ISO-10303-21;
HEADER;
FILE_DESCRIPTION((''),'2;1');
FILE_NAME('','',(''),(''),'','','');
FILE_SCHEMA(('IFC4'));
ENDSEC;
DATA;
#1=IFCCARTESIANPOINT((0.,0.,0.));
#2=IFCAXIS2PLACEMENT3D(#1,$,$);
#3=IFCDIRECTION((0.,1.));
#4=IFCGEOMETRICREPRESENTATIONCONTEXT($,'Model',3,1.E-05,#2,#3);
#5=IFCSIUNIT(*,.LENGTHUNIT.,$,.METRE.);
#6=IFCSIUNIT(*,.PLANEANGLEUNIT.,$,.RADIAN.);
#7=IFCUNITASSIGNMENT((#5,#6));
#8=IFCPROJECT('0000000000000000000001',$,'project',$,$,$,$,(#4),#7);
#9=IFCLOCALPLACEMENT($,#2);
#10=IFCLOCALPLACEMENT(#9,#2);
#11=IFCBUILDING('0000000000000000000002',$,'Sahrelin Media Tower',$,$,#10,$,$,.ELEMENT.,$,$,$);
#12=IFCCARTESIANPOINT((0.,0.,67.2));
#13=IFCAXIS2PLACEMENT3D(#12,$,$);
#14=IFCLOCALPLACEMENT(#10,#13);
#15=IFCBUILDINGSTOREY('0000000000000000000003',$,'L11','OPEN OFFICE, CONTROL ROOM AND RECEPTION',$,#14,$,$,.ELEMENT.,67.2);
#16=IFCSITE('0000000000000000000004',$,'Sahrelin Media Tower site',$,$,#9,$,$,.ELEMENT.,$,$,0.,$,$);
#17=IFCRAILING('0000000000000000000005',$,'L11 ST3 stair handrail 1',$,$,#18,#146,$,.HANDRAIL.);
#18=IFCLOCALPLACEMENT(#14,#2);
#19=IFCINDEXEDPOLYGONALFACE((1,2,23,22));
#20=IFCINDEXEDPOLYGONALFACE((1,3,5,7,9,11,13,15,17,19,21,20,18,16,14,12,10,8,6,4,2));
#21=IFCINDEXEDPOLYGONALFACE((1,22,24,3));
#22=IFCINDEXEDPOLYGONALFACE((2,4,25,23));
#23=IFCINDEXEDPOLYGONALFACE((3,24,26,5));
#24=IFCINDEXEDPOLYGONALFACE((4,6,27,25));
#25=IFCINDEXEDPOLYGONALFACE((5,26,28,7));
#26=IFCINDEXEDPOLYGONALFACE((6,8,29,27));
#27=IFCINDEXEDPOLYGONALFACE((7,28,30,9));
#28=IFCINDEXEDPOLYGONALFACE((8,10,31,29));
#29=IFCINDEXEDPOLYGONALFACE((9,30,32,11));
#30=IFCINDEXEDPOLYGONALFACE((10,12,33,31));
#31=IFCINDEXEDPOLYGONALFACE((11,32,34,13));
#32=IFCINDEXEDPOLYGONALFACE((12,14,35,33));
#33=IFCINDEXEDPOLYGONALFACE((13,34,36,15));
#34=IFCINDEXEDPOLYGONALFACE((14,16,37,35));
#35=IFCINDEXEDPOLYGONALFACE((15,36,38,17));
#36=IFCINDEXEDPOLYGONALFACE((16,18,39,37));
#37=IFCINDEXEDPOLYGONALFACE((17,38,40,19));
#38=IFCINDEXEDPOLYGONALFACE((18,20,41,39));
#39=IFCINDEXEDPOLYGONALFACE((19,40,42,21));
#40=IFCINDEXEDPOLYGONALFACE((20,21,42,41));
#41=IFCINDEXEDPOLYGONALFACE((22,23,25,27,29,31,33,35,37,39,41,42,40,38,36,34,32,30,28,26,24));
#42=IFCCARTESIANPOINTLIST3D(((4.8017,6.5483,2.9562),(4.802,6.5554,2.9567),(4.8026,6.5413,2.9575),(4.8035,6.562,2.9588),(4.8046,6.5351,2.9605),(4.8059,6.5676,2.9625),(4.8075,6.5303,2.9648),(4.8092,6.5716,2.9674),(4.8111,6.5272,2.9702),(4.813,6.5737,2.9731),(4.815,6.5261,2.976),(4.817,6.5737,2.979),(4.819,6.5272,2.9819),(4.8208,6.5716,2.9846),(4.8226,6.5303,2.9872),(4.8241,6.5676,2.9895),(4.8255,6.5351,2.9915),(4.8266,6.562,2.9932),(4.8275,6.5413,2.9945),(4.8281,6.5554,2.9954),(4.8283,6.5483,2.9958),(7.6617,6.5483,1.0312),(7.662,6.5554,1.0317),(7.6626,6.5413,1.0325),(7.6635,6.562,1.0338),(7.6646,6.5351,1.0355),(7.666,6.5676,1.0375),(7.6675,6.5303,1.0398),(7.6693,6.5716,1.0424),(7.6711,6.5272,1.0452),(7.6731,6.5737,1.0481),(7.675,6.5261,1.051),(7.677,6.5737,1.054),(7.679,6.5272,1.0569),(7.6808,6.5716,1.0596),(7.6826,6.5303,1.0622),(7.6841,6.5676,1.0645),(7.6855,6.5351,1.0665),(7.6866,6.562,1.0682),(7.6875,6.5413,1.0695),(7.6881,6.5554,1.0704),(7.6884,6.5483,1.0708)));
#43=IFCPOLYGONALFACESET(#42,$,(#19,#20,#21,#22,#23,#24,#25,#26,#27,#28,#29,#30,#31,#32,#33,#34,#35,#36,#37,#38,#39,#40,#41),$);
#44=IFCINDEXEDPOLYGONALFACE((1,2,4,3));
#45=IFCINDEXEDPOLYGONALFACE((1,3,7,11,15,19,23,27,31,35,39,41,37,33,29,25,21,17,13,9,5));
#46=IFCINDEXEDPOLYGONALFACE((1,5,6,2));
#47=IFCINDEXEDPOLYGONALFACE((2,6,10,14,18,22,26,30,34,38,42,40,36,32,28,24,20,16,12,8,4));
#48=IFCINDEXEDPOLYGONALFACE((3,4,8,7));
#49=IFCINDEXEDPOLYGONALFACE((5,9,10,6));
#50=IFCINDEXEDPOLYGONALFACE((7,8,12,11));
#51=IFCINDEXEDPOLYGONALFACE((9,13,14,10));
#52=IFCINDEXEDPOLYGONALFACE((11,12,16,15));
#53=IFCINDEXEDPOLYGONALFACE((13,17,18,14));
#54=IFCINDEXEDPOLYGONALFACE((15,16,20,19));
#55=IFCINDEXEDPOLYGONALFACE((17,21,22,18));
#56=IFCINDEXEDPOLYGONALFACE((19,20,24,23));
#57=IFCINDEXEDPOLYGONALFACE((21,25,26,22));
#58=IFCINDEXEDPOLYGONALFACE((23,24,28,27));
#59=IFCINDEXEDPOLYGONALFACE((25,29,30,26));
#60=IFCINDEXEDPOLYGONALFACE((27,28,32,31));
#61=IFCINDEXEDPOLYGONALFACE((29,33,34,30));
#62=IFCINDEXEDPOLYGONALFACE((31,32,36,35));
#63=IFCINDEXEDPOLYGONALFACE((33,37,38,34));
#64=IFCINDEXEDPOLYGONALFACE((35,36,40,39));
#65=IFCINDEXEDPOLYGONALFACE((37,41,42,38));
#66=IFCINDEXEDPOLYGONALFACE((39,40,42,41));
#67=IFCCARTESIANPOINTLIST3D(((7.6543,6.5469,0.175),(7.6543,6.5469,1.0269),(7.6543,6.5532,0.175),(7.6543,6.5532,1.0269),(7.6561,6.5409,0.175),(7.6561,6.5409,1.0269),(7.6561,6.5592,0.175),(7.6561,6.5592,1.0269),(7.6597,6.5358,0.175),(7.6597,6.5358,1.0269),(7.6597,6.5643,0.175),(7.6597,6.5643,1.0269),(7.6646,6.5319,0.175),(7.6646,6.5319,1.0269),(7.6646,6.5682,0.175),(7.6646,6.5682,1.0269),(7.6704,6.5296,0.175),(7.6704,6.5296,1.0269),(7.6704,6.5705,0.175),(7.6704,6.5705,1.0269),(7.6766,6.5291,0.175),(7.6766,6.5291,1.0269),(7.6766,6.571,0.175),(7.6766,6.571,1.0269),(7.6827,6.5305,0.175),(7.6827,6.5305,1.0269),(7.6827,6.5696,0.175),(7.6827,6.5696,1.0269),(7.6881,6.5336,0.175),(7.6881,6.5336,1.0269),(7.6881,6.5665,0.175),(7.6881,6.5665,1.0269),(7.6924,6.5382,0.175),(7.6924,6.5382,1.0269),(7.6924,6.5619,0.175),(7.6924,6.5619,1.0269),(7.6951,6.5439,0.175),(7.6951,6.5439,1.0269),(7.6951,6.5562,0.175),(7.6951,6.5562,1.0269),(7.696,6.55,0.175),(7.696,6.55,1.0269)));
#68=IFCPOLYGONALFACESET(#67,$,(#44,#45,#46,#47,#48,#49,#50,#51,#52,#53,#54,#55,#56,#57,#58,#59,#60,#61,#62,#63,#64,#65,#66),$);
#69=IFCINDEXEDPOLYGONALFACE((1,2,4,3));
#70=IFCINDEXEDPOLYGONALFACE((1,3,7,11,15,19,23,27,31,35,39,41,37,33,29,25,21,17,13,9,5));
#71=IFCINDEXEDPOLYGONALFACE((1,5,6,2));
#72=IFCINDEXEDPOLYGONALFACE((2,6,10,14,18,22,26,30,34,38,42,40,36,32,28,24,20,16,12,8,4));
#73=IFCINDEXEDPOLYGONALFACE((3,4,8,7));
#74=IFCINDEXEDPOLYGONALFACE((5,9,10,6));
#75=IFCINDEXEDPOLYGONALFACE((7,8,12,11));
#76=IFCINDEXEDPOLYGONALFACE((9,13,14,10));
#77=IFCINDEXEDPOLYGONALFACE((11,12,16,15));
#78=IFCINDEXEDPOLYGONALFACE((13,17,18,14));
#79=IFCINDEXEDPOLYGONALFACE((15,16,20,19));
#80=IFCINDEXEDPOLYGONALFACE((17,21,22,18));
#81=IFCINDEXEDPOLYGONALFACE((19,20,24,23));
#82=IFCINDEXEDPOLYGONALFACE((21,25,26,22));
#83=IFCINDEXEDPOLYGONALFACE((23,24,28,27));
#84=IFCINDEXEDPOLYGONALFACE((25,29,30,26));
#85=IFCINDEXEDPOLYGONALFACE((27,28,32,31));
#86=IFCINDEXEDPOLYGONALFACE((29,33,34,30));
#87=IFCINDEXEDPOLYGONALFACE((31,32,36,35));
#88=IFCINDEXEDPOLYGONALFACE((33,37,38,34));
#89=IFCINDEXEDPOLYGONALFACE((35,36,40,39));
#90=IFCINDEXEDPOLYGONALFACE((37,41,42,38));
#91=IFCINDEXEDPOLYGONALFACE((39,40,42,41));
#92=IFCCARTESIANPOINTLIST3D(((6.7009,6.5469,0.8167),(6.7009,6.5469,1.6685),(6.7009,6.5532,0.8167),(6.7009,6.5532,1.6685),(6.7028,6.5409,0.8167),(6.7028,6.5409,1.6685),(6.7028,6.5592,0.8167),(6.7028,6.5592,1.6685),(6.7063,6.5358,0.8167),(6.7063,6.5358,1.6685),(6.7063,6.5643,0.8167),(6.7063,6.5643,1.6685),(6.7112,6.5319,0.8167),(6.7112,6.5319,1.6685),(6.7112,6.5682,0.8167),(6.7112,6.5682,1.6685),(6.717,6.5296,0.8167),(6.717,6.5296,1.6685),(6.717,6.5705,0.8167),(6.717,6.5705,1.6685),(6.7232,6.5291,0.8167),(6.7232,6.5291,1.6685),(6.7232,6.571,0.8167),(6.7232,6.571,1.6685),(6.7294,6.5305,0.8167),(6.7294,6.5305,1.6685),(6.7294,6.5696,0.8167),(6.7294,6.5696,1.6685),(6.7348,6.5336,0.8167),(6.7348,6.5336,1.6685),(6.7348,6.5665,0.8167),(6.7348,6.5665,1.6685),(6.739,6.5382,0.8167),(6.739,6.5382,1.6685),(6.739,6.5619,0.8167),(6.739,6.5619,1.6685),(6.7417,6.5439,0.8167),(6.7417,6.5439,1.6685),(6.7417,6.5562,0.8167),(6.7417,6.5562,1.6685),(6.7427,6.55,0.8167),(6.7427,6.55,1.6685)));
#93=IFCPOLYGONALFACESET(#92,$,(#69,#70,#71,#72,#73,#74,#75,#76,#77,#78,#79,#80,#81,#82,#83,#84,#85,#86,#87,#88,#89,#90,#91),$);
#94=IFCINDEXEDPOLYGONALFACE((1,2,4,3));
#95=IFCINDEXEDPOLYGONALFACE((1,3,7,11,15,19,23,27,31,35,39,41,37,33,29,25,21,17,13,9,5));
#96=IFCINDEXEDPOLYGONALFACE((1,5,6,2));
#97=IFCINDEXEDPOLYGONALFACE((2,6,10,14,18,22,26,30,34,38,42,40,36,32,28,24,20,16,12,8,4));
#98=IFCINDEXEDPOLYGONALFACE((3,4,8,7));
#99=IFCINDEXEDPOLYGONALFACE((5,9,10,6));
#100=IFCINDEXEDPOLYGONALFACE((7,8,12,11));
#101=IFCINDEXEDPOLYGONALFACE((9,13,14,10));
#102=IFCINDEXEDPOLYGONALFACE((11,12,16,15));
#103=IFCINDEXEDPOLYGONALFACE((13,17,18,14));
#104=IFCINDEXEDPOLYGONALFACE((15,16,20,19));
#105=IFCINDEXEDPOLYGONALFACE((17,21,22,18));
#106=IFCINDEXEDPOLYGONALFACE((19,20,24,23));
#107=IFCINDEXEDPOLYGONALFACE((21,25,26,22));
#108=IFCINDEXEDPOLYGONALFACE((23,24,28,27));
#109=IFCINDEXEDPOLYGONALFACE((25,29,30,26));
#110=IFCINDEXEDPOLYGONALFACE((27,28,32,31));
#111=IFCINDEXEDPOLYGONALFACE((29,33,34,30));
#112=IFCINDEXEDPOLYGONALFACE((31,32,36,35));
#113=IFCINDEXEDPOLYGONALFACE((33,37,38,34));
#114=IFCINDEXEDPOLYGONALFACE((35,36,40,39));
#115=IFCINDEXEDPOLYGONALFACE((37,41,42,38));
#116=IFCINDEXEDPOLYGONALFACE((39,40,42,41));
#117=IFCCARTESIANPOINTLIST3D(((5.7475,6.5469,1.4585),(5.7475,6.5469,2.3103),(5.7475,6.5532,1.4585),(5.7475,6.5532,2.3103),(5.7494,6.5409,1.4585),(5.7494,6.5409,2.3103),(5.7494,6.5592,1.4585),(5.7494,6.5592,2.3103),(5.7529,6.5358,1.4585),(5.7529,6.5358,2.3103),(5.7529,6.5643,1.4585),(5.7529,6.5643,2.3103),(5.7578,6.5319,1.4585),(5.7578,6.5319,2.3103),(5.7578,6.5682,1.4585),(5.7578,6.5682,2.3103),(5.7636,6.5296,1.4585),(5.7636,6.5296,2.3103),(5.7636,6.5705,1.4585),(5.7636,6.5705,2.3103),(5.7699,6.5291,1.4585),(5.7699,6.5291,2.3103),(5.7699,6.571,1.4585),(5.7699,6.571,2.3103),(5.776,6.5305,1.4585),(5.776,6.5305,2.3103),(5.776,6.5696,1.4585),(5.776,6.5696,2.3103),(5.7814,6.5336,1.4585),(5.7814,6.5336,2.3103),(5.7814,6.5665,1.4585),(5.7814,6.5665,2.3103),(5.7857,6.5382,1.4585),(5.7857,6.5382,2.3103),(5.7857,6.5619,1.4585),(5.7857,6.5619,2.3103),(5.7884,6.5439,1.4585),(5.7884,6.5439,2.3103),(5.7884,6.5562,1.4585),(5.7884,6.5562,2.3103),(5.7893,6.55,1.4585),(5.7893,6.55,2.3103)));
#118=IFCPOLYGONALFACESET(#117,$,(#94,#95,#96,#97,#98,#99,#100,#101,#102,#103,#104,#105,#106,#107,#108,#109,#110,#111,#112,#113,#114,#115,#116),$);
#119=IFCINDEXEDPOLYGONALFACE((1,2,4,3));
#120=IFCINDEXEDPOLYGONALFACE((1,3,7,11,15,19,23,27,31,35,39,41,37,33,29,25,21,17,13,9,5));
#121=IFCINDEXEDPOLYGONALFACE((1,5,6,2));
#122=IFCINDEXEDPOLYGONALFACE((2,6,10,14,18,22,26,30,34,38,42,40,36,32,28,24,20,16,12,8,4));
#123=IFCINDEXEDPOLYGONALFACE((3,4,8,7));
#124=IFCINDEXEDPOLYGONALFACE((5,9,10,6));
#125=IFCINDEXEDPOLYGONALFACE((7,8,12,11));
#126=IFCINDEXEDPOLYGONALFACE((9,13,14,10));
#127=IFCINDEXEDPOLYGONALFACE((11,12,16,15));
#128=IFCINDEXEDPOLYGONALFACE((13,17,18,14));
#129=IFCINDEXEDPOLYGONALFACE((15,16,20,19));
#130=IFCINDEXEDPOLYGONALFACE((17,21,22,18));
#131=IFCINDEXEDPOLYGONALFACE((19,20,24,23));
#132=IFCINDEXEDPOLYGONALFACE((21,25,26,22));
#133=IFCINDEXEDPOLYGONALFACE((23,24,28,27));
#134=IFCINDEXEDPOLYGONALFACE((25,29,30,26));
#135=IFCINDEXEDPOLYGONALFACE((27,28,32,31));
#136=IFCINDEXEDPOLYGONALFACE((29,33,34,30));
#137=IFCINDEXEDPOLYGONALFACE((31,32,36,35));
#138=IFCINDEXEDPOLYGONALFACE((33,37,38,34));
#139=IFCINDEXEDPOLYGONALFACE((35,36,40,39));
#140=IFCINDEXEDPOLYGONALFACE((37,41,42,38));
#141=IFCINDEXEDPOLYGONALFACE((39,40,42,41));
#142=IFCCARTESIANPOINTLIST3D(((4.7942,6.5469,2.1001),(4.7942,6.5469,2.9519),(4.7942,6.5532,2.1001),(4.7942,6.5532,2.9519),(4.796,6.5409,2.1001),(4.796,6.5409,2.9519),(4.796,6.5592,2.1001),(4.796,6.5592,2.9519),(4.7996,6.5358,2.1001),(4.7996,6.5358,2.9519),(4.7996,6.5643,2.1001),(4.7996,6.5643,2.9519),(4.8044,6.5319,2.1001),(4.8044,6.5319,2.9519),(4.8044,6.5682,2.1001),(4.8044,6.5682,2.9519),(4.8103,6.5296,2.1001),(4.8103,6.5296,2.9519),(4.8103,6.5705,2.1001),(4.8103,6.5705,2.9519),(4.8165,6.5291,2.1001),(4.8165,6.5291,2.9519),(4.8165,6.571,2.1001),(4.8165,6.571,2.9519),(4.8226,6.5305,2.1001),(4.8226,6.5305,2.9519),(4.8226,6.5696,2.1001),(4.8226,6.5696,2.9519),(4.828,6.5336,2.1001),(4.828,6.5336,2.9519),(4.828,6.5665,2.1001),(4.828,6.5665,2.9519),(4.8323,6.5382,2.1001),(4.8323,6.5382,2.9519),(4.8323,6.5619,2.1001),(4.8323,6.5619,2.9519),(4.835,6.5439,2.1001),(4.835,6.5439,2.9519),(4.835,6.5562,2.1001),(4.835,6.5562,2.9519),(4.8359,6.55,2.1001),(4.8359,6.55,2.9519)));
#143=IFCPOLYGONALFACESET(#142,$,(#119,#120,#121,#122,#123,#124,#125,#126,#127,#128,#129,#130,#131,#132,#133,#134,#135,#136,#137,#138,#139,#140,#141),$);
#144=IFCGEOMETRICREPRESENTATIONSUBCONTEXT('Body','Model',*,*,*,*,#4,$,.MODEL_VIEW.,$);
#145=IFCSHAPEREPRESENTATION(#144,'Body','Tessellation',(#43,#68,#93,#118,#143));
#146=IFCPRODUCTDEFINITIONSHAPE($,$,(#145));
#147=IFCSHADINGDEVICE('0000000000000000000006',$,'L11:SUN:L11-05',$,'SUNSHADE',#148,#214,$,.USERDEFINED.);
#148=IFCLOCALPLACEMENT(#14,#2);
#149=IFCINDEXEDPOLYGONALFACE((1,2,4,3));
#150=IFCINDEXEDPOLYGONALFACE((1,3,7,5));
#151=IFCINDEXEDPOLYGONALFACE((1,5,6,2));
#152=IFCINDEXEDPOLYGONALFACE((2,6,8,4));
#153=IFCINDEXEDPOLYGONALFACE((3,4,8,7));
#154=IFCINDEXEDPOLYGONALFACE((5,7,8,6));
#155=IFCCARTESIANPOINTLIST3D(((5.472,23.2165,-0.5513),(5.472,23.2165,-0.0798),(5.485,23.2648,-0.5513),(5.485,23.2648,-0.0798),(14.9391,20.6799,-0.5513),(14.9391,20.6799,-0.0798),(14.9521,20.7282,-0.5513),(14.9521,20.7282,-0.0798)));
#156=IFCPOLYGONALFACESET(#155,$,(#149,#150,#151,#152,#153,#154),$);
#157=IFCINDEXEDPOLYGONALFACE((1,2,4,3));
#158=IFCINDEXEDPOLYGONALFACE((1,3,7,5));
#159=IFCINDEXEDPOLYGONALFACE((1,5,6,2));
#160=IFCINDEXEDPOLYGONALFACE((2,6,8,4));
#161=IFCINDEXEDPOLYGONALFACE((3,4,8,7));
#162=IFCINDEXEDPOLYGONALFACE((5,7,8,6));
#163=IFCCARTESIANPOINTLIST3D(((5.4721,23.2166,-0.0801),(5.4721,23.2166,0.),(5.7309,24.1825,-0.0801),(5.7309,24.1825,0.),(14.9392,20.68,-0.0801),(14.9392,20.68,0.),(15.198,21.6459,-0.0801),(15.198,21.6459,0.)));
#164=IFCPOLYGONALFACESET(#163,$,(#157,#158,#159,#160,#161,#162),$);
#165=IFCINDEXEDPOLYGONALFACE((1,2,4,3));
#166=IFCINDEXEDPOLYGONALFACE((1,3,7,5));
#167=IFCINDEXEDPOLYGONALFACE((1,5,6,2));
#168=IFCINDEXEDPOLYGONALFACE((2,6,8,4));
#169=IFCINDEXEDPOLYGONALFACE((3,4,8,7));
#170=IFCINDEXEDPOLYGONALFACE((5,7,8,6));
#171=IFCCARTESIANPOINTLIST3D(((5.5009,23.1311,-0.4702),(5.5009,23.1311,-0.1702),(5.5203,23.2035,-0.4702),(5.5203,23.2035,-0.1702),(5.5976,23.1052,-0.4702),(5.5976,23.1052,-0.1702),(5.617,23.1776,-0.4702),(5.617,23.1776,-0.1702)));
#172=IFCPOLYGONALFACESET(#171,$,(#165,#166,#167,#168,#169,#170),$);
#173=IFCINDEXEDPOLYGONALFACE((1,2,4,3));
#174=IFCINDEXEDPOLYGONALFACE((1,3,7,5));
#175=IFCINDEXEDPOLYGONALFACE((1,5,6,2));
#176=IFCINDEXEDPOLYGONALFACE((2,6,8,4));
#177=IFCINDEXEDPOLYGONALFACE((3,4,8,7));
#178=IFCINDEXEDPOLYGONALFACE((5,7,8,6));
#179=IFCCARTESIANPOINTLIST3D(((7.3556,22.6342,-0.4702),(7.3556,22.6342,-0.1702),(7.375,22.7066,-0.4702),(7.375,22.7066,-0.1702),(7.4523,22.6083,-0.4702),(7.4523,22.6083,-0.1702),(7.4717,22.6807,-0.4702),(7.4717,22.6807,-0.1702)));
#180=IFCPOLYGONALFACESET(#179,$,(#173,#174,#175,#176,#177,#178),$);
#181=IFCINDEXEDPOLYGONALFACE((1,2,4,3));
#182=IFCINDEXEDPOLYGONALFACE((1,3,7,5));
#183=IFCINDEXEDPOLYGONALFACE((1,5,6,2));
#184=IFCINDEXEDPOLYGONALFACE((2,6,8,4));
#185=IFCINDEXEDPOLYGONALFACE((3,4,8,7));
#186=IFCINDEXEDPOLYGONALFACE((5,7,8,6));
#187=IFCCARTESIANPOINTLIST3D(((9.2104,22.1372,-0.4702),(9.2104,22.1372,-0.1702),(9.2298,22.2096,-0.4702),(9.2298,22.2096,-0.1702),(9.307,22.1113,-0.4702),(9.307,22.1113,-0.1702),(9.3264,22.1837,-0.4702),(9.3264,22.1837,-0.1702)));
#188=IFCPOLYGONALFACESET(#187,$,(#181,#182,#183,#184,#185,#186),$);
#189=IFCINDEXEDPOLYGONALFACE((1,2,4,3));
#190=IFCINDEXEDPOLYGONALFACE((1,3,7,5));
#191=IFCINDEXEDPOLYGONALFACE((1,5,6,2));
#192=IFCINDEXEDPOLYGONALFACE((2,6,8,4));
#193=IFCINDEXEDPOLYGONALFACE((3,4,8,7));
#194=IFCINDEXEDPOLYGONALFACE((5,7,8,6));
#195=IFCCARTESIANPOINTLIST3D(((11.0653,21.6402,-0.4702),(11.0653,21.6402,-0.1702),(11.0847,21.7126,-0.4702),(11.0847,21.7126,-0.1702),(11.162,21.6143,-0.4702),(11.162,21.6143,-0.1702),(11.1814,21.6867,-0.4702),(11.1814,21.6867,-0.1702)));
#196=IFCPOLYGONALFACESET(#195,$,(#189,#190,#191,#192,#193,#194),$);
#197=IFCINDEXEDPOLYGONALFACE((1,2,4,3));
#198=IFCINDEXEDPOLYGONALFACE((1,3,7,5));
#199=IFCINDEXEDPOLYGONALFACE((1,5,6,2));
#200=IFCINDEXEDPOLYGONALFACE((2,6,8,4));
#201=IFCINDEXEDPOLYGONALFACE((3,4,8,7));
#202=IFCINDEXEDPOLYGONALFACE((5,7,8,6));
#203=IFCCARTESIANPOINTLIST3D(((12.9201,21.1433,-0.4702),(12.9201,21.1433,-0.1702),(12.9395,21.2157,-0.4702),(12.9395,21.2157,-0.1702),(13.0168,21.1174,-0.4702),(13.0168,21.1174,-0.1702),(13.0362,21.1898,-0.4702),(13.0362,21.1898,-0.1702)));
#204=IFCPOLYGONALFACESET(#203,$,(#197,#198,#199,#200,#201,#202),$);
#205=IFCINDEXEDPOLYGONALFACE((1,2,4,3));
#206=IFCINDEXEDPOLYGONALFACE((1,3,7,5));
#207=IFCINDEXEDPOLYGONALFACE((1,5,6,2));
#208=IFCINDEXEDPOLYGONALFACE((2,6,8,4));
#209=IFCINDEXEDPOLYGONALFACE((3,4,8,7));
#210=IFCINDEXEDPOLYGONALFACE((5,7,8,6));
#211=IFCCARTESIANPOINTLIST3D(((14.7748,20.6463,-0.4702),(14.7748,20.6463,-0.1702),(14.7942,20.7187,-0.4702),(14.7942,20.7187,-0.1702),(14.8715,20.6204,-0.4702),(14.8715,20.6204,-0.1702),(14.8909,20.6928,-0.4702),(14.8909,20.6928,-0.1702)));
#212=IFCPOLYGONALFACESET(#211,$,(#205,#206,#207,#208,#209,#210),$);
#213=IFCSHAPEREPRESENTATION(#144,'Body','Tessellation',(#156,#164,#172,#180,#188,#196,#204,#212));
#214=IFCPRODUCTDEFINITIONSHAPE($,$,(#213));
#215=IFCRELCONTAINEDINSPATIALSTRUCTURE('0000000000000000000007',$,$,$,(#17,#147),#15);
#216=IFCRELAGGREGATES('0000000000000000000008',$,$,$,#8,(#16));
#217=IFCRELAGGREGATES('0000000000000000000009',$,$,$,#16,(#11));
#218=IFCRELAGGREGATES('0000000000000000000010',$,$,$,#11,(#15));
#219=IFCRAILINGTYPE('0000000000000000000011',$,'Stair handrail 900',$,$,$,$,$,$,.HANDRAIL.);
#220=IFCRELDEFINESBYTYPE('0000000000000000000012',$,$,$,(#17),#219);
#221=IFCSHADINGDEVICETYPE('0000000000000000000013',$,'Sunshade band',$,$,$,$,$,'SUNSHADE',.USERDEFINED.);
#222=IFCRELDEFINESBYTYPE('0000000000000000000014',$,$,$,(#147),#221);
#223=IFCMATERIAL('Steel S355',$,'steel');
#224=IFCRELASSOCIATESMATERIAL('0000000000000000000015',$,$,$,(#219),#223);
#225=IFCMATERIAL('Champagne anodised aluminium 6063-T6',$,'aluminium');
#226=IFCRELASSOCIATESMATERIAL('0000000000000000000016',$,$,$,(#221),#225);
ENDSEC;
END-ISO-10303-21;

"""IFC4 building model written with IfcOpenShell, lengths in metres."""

from ifc_helpers import new_model, si_unit, direction, frame, origin, origin_2d, place, context, subcontext, project, spatial, rectangle, circle, extrude, material, type_object, element, save


model = new_model("IFC4")

# Units and contexts
model_context = context("Model", 3, precision=1e-05, world=origin(), true_north=direction((0.0, 1.0)))
body_context = subcontext(model_context, "Body", "Model", "MODEL_VIEW")
ifc_project = project(units=[si_unit("LENGTHUNIT", "METRE"), si_unit("PLANEANGLEUNIT", "RADIAN")], contexts=[model_context])

# Site, building, storey
site_placement = place(None, origin())
site = spatial("IfcSite", under=ifc_project, at=site_placement, Name="Sahrelin Media Tower site", CompositionType="ELEMENT", RefElevation=0.0)
building_placement = place(site_placement, origin())
building = spatial("IfcBuilding", under=site, at=building_placement, Name="Sahrelin Media Tower", CompositionType="ELEMENT")
storey_placement = place(building_placement, frame((0.0, 0.0, 67.2)))
storey = spatial("IfcBuildingStorey", under=building, at=storey_placement, Name="L11", Description="OPEN OFFICE, CONTROL ROOM AND RECEPTION", CompositionType="ELEMENT", Elevation=67.2)

# Shared definitions
ifc_material_1 = material(Name="Steel S355", Category="steel")

# Shared definitions
ifc_material_2 = material(Name="Champagne anodised aluminium 6063-T6", Category="aluminium")

# Shared definitions
placement_1 = place(storey_placement, frame((10.2004, 21.929, 0.0), z_axis=(0.0, 0.0, 1.0), x_axis=(0.965929, -0.258808, 0.0)))

# Railing
railing_type_1 = type_object("IfcRailingType", Name="Stair handrail 900", PredefinedType="HANDRAIL", material=ifc_material_1)
railing_1_placement = place(storey_placement, frame((7.675, 6.55, 0.175)))
element("IfcRailing", 1, at=railing_1_placement, inside=storey, type_object=railing_type_1, Name="L11 ST3 stair handrail 1", PredefinedType="HANDRAIL", context=body_context, shape_type="SweptSolid", body=[
    extrude(circle(Radius=0.0239, at=origin_2d()), frame((0.0, 0.0, 0.876), z_axis=(-0.829591, 0.0, 0.558372), x_axis=(0.0, -1.0, 0.0)), (0.0, 0.0, 1.0), 3.4475),
    extrude(circle(Radius=0.021, at=origin_2d()), origin(), (0.0, 0.0, 1.0), 0.8518),
    extrude(circle(Radius=0.021, at=origin_2d()), frame((-0.9534, 0.0, 0.6416)), (0.0, 0.0, 1.0), 0.8518),
    extrude(circle(Radius=0.021, at=origin_2d()), frame((-1.9067, 0.0, 1.2834)), (0.0, 0.0, 1.0), 0.8518),
    extrude(circle(Radius=0.021, at=origin_2d()), frame((-2.8601, 0.0, 1.925)), (0.0, 0.0, 1.0), 0.8518),
])

# Shading device
shading_device_type_1 = type_object("IfcShadingDeviceType", Name="Sunshade band", ElementType="SUNSHADE", PredefinedType="USERDEFINED", material=ifc_material_2)
element("IfcShadingDevice", 2, at=placement_1, inside=storey, type_object=shading_device_type_1, Name="L11:SUN:L11-05", ObjectType="SUNSHADE", PredefinedType="USERDEFINED", context=body_context, shape_type="SweptSolid", body=[
    extrude(rectangle(XDim=9.801, YDim=0.05, at=origin_2d()), frame((0.0, 0.0449, -0.5513)), (0.0, 0.0, 1.0), 0.4714),
    extrude(rectangle(XDim=9.801, YDim=1.0, at=origin_2d()), frame((0.0, 0.52, -0.0801)), (0.0, 0.0, 1.0), 0.0801),
    extrude(rectangle(XDim=0.1001, YDim=0.075, at=origin_2d()), frame((-4.8005, -0.0176, -0.4702)), (0.0, 0.0, 1.0), 0.3),
    extrude(rectangle(XDim=0.1001, YDim=0.075, at=origin_2d()), frame((-2.8804, -0.0176, -0.4702)), (0.0, 0.0, 1.0), 0.3),
    extrude(rectangle(XDim=0.1001, YDim=0.075, at=origin_2d()), frame((-0.9602, -0.0176, -0.4702)), (0.0, 0.0, 1.0), 0.3),
    extrude(rectangle(XDim=0.1001, YDim=0.075, at=origin_2d()), frame((0.9602, -0.0176, -0.4702)), (0.0, 0.0, 1.0), 0.3),
    extrude(rectangle(XDim=0.1001, YDim=0.075, at=origin_2d()), frame((2.8804, -0.0176, -0.4702)), (0.0, 0.0, 1.0), 0.3),
    extrude(rectangle(XDim=0.1001, YDim=0.075, at=origin_2d()), frame((4.8005, -0.0176, -0.4702)), (0.0, 0.0, 1.0), 0.3),
])

save(model, "model.ifc")
